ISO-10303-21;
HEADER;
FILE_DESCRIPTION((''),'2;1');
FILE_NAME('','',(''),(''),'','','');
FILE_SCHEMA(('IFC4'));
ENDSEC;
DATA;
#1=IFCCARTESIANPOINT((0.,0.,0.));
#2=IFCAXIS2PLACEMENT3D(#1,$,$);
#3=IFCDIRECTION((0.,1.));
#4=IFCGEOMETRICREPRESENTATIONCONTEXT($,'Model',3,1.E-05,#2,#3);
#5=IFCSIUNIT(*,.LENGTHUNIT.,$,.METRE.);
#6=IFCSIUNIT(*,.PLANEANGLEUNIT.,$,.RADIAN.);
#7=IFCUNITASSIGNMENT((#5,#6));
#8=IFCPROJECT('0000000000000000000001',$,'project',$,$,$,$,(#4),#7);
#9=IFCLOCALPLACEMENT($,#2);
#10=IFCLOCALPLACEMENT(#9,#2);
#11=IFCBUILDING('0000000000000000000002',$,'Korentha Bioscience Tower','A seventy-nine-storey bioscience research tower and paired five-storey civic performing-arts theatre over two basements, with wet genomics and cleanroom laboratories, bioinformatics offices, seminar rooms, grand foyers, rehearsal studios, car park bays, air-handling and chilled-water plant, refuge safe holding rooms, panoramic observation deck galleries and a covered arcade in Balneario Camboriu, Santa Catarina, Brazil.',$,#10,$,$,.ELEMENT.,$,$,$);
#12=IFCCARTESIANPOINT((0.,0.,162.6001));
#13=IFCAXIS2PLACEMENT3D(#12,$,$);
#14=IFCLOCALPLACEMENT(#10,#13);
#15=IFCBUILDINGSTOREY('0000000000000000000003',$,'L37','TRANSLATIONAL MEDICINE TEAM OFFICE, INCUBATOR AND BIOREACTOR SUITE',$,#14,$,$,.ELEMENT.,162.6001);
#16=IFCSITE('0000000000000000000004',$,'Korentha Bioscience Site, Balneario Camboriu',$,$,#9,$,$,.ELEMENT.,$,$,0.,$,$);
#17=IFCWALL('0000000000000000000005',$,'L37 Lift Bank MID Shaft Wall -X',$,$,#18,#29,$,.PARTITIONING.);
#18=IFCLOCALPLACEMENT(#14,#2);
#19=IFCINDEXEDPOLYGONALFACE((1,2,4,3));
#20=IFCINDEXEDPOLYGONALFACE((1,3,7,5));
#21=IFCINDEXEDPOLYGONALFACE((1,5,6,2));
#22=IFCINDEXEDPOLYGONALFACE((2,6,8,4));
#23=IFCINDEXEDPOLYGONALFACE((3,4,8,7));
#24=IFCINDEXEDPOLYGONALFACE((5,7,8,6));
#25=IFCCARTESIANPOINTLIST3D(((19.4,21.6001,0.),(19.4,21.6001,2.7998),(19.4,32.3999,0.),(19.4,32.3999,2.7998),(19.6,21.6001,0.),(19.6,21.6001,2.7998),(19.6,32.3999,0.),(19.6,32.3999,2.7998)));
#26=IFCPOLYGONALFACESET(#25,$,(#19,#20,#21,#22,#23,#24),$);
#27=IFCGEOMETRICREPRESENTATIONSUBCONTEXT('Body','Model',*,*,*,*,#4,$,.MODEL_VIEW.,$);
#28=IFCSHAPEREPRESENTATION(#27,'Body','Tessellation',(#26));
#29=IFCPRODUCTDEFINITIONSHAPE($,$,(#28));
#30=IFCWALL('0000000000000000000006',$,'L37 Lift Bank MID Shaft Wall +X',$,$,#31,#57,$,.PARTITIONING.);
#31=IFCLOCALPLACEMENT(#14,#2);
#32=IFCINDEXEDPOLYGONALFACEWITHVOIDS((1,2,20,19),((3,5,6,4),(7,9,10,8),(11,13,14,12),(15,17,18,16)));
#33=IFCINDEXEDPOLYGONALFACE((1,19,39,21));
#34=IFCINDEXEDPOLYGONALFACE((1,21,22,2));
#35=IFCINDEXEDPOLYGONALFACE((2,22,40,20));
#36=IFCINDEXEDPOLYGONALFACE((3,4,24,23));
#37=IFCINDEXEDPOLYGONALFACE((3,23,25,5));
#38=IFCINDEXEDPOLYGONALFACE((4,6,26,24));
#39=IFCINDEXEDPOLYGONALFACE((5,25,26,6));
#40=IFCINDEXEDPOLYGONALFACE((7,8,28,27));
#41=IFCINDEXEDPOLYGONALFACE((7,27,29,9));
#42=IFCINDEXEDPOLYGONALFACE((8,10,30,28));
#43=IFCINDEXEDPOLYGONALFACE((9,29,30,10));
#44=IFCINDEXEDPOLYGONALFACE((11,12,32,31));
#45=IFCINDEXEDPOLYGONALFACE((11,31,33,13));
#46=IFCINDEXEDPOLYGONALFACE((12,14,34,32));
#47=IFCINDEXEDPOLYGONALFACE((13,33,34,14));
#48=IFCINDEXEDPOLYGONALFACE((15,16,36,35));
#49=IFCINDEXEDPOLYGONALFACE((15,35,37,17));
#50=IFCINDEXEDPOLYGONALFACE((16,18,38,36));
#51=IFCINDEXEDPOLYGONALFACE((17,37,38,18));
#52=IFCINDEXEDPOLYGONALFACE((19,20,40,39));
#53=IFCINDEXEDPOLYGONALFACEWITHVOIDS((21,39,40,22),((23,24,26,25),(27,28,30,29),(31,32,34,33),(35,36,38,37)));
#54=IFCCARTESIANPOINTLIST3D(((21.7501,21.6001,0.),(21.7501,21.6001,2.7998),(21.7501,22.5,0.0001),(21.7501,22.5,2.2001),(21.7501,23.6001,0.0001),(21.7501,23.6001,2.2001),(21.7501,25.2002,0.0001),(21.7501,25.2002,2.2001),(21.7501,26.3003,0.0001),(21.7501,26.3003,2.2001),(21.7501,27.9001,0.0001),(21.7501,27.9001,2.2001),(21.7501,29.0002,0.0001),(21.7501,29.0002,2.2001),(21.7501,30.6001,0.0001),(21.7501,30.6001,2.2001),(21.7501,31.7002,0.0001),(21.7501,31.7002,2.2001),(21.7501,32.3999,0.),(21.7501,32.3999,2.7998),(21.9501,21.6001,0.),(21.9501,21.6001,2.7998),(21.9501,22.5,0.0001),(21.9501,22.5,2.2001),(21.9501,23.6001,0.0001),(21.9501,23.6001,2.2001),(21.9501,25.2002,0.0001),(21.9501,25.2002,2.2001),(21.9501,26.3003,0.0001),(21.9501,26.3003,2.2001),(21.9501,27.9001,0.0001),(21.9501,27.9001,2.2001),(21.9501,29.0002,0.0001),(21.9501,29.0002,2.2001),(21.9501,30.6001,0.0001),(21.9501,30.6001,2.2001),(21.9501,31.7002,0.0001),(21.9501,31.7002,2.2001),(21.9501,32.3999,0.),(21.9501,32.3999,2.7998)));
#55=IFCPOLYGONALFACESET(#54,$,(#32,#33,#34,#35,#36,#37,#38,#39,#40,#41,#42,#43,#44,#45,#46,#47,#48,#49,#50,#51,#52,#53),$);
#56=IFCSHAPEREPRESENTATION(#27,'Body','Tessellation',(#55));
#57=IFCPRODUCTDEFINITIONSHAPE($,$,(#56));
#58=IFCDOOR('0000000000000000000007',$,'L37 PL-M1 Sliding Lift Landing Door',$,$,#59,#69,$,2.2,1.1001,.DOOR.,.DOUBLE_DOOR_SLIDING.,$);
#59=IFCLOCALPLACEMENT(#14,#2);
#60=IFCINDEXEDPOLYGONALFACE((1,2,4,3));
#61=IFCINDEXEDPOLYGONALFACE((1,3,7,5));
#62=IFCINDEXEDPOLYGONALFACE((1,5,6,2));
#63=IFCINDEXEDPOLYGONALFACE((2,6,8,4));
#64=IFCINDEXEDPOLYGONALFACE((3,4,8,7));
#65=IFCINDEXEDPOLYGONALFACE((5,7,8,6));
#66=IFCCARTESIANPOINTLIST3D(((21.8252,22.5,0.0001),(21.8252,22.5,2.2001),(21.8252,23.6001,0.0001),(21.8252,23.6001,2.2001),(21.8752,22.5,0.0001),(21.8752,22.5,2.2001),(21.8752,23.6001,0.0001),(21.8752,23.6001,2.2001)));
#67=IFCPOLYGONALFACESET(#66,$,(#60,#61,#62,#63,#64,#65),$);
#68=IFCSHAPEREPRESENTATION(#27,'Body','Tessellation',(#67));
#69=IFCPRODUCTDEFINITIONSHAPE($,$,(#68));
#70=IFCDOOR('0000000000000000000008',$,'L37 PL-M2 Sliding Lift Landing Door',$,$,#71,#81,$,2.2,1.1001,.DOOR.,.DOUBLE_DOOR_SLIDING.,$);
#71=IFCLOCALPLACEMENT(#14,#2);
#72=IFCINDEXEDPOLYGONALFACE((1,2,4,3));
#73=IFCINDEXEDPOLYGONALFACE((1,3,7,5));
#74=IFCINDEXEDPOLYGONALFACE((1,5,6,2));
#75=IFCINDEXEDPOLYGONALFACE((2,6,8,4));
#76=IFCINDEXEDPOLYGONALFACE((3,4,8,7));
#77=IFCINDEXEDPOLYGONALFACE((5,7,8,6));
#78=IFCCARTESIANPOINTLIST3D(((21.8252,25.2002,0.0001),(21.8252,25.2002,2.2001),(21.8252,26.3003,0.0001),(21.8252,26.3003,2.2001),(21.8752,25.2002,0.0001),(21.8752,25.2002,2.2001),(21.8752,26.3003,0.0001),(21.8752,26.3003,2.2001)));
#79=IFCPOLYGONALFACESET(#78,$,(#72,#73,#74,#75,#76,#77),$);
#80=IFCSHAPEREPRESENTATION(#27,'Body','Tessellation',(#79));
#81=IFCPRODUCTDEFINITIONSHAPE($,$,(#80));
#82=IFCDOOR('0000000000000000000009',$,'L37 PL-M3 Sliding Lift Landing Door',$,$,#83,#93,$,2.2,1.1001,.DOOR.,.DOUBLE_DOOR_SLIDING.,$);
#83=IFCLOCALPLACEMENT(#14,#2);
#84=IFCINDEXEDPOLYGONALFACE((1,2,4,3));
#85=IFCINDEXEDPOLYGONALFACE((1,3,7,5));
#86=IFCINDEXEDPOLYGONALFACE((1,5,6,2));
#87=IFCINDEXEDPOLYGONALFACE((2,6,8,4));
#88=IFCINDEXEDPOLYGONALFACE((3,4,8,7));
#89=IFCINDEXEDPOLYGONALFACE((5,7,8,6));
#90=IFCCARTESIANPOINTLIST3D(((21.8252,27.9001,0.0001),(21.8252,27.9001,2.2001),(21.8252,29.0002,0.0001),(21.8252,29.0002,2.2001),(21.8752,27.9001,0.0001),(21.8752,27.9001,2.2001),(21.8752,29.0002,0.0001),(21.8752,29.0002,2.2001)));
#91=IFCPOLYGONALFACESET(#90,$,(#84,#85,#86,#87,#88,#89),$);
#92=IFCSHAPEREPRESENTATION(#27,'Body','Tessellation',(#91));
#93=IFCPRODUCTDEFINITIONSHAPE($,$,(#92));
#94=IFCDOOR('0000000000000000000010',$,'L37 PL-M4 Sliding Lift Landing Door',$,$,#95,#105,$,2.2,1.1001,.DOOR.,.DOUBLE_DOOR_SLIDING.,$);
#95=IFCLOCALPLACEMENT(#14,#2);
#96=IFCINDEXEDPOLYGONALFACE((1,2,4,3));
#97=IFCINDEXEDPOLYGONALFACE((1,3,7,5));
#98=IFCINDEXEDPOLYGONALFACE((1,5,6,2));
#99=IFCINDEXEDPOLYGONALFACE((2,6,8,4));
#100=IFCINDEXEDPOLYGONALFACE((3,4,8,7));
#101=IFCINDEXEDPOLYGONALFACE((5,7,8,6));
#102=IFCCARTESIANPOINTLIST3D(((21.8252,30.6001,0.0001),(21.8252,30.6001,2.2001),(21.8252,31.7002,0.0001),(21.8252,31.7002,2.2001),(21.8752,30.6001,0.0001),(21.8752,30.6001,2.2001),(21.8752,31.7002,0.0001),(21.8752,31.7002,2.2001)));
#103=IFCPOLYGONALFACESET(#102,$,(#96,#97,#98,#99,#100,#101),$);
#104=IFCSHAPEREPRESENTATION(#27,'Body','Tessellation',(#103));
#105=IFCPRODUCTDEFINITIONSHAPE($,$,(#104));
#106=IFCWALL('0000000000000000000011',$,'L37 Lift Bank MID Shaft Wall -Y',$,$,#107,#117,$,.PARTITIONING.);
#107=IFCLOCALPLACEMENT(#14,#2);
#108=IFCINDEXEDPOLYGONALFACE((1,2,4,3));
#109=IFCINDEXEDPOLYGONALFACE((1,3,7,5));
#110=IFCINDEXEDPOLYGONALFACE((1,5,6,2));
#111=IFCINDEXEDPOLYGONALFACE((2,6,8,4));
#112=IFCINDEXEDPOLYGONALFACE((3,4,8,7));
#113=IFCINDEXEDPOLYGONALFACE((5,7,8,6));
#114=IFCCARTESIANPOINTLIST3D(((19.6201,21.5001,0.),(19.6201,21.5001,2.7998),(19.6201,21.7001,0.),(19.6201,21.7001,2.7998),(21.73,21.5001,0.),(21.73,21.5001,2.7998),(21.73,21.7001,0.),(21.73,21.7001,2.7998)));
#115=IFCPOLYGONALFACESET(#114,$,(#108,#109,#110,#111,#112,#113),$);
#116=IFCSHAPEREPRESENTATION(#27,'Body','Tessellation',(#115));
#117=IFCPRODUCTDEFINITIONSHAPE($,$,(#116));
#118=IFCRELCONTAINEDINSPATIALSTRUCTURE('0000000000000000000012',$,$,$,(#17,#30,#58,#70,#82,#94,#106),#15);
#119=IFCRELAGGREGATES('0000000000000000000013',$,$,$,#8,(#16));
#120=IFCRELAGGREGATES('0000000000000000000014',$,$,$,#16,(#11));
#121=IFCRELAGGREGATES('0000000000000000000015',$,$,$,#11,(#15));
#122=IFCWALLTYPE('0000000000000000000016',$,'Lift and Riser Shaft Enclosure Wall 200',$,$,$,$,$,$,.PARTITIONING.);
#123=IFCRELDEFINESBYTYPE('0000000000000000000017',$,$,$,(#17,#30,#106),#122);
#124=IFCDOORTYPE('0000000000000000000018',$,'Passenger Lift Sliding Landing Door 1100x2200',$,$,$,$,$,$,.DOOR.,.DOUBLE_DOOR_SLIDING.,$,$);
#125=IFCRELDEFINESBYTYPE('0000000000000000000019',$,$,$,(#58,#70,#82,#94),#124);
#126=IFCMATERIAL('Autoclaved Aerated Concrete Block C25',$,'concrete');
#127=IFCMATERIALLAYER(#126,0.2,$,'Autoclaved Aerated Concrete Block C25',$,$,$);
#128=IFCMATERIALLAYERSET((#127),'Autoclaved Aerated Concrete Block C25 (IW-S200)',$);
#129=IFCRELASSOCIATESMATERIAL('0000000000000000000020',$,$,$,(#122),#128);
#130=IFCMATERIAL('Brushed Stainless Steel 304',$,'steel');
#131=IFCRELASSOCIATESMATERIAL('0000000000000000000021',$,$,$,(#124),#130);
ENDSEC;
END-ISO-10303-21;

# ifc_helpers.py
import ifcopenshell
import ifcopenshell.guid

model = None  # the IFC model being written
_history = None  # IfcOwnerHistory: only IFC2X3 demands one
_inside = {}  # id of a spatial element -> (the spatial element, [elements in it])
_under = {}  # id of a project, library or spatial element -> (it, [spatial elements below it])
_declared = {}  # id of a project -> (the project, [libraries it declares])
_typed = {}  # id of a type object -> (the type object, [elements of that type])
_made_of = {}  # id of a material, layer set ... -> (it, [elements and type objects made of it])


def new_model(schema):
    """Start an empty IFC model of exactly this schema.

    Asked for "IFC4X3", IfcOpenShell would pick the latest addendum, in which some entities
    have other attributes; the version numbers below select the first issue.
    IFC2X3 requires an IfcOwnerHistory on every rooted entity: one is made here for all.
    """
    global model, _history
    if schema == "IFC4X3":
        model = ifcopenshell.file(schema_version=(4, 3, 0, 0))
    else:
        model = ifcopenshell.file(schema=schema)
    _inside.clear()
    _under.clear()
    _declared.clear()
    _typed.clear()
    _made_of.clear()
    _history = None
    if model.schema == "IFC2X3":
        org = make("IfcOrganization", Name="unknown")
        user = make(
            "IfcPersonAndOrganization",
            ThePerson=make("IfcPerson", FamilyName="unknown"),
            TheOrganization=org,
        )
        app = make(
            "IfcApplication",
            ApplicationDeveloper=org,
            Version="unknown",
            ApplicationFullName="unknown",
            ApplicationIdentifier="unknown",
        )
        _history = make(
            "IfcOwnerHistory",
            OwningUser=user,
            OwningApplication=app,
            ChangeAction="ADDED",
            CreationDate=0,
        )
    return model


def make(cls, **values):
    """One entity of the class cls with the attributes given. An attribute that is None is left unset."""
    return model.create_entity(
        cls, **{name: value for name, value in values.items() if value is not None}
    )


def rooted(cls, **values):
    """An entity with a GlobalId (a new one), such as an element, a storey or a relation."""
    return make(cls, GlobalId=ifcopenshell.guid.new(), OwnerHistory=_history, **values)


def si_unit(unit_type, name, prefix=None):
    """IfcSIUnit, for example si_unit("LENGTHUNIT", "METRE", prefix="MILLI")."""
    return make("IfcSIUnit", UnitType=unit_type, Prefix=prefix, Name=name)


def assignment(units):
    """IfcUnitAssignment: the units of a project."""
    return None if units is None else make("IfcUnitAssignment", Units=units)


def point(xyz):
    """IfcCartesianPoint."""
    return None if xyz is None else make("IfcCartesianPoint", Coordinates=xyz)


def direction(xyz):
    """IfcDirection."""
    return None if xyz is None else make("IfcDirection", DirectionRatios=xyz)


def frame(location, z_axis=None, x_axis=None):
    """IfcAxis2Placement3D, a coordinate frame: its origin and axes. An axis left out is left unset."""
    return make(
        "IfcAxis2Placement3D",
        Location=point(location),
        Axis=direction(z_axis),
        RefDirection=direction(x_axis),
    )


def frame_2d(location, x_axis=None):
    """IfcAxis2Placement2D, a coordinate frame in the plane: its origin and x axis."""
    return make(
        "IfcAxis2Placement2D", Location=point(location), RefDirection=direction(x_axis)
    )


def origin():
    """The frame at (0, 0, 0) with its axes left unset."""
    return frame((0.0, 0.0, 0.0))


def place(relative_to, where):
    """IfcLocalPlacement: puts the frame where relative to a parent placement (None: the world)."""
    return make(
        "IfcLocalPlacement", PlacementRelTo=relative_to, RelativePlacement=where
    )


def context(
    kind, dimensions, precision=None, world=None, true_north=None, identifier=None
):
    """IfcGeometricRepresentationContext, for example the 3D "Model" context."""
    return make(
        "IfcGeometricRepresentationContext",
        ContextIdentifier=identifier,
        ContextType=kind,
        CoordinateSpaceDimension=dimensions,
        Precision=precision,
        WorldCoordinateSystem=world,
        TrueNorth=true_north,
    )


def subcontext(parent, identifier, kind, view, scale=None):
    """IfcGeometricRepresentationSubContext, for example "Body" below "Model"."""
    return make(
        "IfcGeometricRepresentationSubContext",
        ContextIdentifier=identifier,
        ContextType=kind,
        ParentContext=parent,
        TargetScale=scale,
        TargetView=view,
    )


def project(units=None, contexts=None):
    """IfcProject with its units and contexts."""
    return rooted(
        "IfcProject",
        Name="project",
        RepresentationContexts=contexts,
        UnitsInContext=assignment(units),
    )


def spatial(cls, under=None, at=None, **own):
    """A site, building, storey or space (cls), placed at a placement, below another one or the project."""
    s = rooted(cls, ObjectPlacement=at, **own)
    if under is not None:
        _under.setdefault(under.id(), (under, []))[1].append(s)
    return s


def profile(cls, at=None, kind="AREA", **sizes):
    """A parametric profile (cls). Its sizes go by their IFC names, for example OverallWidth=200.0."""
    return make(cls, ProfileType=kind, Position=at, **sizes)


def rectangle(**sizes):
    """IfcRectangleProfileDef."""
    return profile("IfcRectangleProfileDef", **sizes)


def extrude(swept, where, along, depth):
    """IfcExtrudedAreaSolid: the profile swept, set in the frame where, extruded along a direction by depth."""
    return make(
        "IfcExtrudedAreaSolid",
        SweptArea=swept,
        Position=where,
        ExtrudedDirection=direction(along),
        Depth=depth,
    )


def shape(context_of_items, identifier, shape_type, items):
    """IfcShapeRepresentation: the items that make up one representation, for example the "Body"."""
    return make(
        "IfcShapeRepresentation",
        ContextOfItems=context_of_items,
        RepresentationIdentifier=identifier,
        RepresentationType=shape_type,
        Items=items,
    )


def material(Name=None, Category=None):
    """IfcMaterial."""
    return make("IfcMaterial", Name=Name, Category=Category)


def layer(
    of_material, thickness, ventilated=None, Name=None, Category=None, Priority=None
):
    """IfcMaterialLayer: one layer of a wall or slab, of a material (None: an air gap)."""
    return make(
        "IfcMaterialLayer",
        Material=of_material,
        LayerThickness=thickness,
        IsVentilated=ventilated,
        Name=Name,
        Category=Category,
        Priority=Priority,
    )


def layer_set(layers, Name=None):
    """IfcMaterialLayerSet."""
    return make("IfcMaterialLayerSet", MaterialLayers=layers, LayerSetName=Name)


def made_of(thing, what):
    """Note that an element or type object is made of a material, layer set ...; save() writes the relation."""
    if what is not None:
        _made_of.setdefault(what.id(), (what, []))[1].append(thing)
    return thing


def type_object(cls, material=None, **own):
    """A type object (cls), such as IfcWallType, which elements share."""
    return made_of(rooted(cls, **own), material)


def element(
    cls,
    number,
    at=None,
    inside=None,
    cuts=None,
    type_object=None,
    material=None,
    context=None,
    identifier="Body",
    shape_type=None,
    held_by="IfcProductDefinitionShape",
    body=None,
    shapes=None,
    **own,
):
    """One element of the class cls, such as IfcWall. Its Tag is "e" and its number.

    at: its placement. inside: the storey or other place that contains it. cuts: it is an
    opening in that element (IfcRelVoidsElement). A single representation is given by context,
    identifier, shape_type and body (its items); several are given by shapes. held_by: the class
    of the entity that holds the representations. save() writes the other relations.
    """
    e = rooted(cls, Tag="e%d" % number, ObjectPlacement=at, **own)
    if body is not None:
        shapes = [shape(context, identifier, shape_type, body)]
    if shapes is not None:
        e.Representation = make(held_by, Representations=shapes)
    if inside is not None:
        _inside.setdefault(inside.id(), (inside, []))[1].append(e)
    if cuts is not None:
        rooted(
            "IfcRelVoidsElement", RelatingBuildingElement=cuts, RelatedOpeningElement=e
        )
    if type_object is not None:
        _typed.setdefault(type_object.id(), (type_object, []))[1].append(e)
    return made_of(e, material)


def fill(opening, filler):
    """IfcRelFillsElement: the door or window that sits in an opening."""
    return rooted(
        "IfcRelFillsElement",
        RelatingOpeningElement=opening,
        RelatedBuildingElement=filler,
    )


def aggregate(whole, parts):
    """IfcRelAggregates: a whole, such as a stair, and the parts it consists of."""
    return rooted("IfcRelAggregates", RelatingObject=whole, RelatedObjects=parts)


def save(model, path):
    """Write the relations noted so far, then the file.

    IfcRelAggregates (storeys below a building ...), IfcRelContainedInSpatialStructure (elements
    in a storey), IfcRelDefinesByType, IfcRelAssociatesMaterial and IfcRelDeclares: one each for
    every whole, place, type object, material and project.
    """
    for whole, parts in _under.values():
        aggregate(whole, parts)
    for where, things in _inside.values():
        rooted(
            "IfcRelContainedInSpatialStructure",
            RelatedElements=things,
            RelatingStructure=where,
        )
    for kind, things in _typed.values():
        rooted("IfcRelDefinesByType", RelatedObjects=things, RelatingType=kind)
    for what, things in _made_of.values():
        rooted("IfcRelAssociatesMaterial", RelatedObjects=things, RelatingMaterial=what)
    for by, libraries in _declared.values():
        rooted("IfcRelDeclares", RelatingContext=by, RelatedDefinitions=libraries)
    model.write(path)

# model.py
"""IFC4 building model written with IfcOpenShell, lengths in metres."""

from ifc_helpers import new_model, si_unit, direction, frame, frame_2d, origin, place, context, subcontext, project, spatial, rectangle, extrude, material, layer, layer_set, type_object, element, fill, save


model = new_model("IFC4")

# Units and contexts
model_context = context("Model", 3, precision=1e-05, world=origin(), true_north=direction((0.0, 1.0)))
body_context = subcontext(model_context, "Body", "Model", "MODEL_VIEW")
ifc_project = project(units=[si_unit("LENGTHUNIT", "METRE"), si_unit("PLANEANGLEUNIT", "RADIAN")], contexts=[model_context])

# Site, building, storey
site_placement = place(None, origin())
site = spatial("IfcSite", under=ifc_project, at=site_placement, Name="Korentha Bioscience Site, Balneario Camboriu", CompositionType="ELEMENT", RefElevation=0.0)
building_placement = place(site_placement, origin())
building = spatial("IfcBuilding", under=site, at=building_placement, Name="Korentha Bioscience Tower", Description="A seventy-nine-storey bioscience research tower and paired five-storey civic performing-arts theatre over two basements, with wet genomics and cleanroom laboratories, bioinformatics offices, seminar rooms, grand foyers, rehearsal studios, car park bays, air-handling and chilled-water plant, refuge safe holding rooms, panoramic observation deck galleries and a covered arcade in Balneario Camboriu, Santa Catarina, Brazil.", CompositionType="ELEMENT")
storey_placement = place(building_placement, frame((0.0, 0.0, 162.6001)))
storey = spatial("IfcBuildingStorey", under=building, at=storey_placement, Name="L37", Description="TRANSLATIONAL MEDICINE TEAM OFFICE, INCUBATOR AND BIOREACTOR SUITE", CompositionType="ELEMENT", Elevation=162.6001)

# Wall
ifc_material_1 = material(Name="Autoclaved Aerated Concrete Block C25", Category="concrete")
ifc_layer_1 = layer(ifc_material_1, 0.2, Name="Autoclaved Aerated Concrete Block C25")
ifc_layer_set_1 = layer_set([ifc_layer_1], Name="Autoclaved Aerated Concrete Block C25 (IW-S200)")
wall_type_1 = type_object("IfcWallType", Name="Lift and Riser Shaft Enclosure Wall 200", PredefinedType="PARTITIONING", material=ifc_layer_set_1)
wall_1_placement = place(storey_placement, frame((19.5, 21.6001, 0.0), z_axis=(0.0, 0.0, 1.0), x_axis=(0.0, 1.0, 0.0)))
element("IfcWall", 1, at=wall_1_placement, inside=storey, type_object=wall_type_1, Name="L37 Lift Bank MID Shaft Wall -X", PredefinedType="PARTITIONING", context=body_context, shape_type="SweptSolid", body=[
    extrude(rectangle(XDim=10.7998, YDim=0.2, at=frame_2d((5.3999, 0.0))), origin(), (0.0, 0.0, 1.0), 2.7998),
])

# Wall, openings, doors
wall_2_placement = place(storey_placement, frame((21.8501, 21.6001, 0.0), z_axis=(0.0, 0.0, 1.0), x_axis=(0.0, 1.0, 0.0)))
wall_2 = element("IfcWall", 2, at=wall_2_placement, inside=storey, type_object=wall_type_1, Name="L37 Lift Bank MID Shaft Wall +X", PredefinedType="PARTITIONING", context=body_context, shape_type="SweptSolid", body=[
    extrude(rectangle(XDim=10.7998, YDim=0.2, at=frame_2d((5.3999, 0.0))), origin(), (0.0, 0.0, 1.0), 2.7998),
])
opening_1_placement = place(wall_2_placement, frame((0.8999, 0.0, 0.0)))
opening_1 = element("IfcOpeningElement", 3, at=opening_1_placement, cuts=wall_2, PredefinedType="OPENING", context=body_context, shape_type="SweptSolid", body=[
    extrude(rectangle(XDim=1.1001, YDim=2.2, at=frame_2d((0.55, 1.1001))), frame((0.0, 0.1147, 0.0), z_axis=(0.0, -1.0, 0.0), x_axis=(1.0, 0.0, 0.0)), (0.0, 0.0, 1.0), 0.2297),
])
opening_2_placement = place(wall_2_placement, frame((3.6001, 0.0, 0.0)))
opening_2 = element("IfcOpeningElement", 4, at=opening_2_placement, cuts=wall_2, PredefinedType="OPENING", context=body_context, shape_type="SweptSolid", body=[
    extrude(rectangle(XDim=1.1001, YDim=2.2, at=frame_2d((0.55, 1.1001))), frame((0.0, 0.1147, 0.0), z_axis=(0.0, -1.0, 0.0), x_axis=(1.0, 0.0, 0.0)), (0.0, 0.0, 1.0), 0.2297),
])
opening_3_placement = place(wall_2_placement, frame((6.3, 0.0, 0.0)))
opening_3 = element("IfcOpeningElement", 5, at=opening_3_placement, cuts=wall_2, PredefinedType="OPENING", context=body_context, shape_type="SweptSolid", body=[
    extrude(rectangle(XDim=1.1001, YDim=2.2, at=frame_2d((0.55, 1.1001))), frame((0.0, 0.1147, 0.0), z_axis=(0.0, -1.0, 0.0), x_axis=(1.0, 0.0, 0.0)), (0.0, 0.0, 1.0), 0.2297),
])
opening_4_placement = place(wall_2_placement, frame((9.0, 0.0, 0.0)))
opening_4 = element("IfcOpeningElement", 6, at=opening_4_placement, cuts=wall_2, PredefinedType="OPENING", context=body_context, shape_type="SweptSolid", body=[
    extrude(rectangle(XDim=1.1001, YDim=2.2, at=frame_2d((0.55, 1.1001))), frame((0.0, 0.1147, 0.0), z_axis=(0.0, -1.0, 0.0), x_axis=(1.0, 0.0, 0.0)), (0.0, 0.0, 1.0), 0.2297),
])
ifc_material_2 = material(Name="Brushed Stainless Steel 304", Category="steel")
door_type_1 = type_object("IfcDoorType", Name="Passenger Lift Sliding Landing Door 1100x2200", OperationType="DOUBLE_DOOR_SLIDING", PredefinedType="DOOR", material=ifc_material_2)
door_1_placement = place(opening_1_placement, origin())
door_1 = element("IfcDoor", 7, at=door_1_placement, inside=storey, type_object=door_type_1, Name="L37 PL-M1 Sliding Lift Landing Door", OperationType="DOUBLE_DOOR_SLIDING", OverallHeight=2.2, OverallWidth=1.1001, PredefinedType="DOOR", context=body_context, shape_type="SweptSolid", body=[
    extrude(rectangle(XDim=1.1001, YDim=2.2, at=frame_2d((0.55, 1.1001))), frame((0.0, 0.0249, 0.0), z_axis=(0.0, -1.0, 0.0), x_axis=(1.0, 0.0, 0.0)), (0.0, 0.0, 1.0), 0.05),
])
fill(opening_1, door_1)
door_2_placement = place(opening_2_placement, origin())
door_2 = element("IfcDoor", 8, at=door_2_placement, inside=storey, type_object=door_type_1, Name="L37 PL-M2 Sliding Lift Landing Door", OperationType="DOUBLE_DOOR_SLIDING", OverallHeight=2.2, OverallWidth=1.1001, PredefinedType="DOOR", context=body_context, shape_type="SweptSolid", body=[
    extrude(rectangle(XDim=1.1001, YDim=2.2, at=frame_2d((0.55, 1.1001))), frame((0.0, 0.0249, 0.0), z_axis=(0.0, -1.0, 0.0), x_axis=(1.0, 0.0, 0.0)), (0.0, 0.0, 1.0), 0.05),
])
fill(opening_2, door_2)
door_3_placement = place(opening_3_placement, origin())
door_3 = element("IfcDoor", 9, at=door_3_placement, inside=storey, type_object=door_type_1, Name="L37 PL-M3 Sliding Lift Landing Door", OperationType="DOUBLE_DOOR_SLIDING", OverallHeight=2.2, OverallWidth=1.1001, PredefinedType="DOOR", context=body_context, shape_type="SweptSolid", body=[
    extrude(rectangle(XDim=1.1001, YDim=2.2, at=frame_2d((0.55, 1.1001))), frame((0.0, 0.0249, 0.0), z_axis=(0.0, -1.0, 0.0), x_axis=(1.0, 0.0, 0.0)), (0.0, 0.0, 1.0), 0.05),
])
fill(opening_3, door_3)
door_4_placement = place(opening_4_placement, origin())
door_4 = element("IfcDoor", 10, at=door_4_placement, inside=storey, type_object=door_type_1, Name="L37 PL-M4 Sliding Lift Landing Door", OperationType="DOUBLE_DOOR_SLIDING", OverallHeight=2.2, OverallWidth=1.1001, PredefinedType="DOOR", context=body_context, shape_type="SweptSolid", body=[
    extrude(rectangle(XDim=1.1001, YDim=2.2, at=frame_2d((0.55, 1.1001))), frame((0.0, 0.0249, 0.0), z_axis=(0.0, -1.0, 0.0), x_axis=(1.0, 0.0, 0.0)), (0.0, 0.0, 1.0), 0.05),
])
fill(opening_4, door_4)

# Wall
wall_3_placement = place(storey_placement, frame((19.6201, 21.6001, 0.0), z_axis=(0.0, 0.0, 1.0), x_axis=(1.0, 0.0, 0.0)))
element("IfcWall", 11, at=wall_3_placement, inside=storey, type_object=wall_type_1, Name="L37 Lift Bank MID Shaft Wall -Y", PredefinedType="PARTITIONING", context=body_context, shape_type="SweptSolid", body=[
    extrude(rectangle(XDim=2.1099, YDim=0.2, at=frame_2d((1.0549, 0.0))), origin(), (0.0, 0.0, 1.0), 2.7998),
])

save(model, "model.ifc")
